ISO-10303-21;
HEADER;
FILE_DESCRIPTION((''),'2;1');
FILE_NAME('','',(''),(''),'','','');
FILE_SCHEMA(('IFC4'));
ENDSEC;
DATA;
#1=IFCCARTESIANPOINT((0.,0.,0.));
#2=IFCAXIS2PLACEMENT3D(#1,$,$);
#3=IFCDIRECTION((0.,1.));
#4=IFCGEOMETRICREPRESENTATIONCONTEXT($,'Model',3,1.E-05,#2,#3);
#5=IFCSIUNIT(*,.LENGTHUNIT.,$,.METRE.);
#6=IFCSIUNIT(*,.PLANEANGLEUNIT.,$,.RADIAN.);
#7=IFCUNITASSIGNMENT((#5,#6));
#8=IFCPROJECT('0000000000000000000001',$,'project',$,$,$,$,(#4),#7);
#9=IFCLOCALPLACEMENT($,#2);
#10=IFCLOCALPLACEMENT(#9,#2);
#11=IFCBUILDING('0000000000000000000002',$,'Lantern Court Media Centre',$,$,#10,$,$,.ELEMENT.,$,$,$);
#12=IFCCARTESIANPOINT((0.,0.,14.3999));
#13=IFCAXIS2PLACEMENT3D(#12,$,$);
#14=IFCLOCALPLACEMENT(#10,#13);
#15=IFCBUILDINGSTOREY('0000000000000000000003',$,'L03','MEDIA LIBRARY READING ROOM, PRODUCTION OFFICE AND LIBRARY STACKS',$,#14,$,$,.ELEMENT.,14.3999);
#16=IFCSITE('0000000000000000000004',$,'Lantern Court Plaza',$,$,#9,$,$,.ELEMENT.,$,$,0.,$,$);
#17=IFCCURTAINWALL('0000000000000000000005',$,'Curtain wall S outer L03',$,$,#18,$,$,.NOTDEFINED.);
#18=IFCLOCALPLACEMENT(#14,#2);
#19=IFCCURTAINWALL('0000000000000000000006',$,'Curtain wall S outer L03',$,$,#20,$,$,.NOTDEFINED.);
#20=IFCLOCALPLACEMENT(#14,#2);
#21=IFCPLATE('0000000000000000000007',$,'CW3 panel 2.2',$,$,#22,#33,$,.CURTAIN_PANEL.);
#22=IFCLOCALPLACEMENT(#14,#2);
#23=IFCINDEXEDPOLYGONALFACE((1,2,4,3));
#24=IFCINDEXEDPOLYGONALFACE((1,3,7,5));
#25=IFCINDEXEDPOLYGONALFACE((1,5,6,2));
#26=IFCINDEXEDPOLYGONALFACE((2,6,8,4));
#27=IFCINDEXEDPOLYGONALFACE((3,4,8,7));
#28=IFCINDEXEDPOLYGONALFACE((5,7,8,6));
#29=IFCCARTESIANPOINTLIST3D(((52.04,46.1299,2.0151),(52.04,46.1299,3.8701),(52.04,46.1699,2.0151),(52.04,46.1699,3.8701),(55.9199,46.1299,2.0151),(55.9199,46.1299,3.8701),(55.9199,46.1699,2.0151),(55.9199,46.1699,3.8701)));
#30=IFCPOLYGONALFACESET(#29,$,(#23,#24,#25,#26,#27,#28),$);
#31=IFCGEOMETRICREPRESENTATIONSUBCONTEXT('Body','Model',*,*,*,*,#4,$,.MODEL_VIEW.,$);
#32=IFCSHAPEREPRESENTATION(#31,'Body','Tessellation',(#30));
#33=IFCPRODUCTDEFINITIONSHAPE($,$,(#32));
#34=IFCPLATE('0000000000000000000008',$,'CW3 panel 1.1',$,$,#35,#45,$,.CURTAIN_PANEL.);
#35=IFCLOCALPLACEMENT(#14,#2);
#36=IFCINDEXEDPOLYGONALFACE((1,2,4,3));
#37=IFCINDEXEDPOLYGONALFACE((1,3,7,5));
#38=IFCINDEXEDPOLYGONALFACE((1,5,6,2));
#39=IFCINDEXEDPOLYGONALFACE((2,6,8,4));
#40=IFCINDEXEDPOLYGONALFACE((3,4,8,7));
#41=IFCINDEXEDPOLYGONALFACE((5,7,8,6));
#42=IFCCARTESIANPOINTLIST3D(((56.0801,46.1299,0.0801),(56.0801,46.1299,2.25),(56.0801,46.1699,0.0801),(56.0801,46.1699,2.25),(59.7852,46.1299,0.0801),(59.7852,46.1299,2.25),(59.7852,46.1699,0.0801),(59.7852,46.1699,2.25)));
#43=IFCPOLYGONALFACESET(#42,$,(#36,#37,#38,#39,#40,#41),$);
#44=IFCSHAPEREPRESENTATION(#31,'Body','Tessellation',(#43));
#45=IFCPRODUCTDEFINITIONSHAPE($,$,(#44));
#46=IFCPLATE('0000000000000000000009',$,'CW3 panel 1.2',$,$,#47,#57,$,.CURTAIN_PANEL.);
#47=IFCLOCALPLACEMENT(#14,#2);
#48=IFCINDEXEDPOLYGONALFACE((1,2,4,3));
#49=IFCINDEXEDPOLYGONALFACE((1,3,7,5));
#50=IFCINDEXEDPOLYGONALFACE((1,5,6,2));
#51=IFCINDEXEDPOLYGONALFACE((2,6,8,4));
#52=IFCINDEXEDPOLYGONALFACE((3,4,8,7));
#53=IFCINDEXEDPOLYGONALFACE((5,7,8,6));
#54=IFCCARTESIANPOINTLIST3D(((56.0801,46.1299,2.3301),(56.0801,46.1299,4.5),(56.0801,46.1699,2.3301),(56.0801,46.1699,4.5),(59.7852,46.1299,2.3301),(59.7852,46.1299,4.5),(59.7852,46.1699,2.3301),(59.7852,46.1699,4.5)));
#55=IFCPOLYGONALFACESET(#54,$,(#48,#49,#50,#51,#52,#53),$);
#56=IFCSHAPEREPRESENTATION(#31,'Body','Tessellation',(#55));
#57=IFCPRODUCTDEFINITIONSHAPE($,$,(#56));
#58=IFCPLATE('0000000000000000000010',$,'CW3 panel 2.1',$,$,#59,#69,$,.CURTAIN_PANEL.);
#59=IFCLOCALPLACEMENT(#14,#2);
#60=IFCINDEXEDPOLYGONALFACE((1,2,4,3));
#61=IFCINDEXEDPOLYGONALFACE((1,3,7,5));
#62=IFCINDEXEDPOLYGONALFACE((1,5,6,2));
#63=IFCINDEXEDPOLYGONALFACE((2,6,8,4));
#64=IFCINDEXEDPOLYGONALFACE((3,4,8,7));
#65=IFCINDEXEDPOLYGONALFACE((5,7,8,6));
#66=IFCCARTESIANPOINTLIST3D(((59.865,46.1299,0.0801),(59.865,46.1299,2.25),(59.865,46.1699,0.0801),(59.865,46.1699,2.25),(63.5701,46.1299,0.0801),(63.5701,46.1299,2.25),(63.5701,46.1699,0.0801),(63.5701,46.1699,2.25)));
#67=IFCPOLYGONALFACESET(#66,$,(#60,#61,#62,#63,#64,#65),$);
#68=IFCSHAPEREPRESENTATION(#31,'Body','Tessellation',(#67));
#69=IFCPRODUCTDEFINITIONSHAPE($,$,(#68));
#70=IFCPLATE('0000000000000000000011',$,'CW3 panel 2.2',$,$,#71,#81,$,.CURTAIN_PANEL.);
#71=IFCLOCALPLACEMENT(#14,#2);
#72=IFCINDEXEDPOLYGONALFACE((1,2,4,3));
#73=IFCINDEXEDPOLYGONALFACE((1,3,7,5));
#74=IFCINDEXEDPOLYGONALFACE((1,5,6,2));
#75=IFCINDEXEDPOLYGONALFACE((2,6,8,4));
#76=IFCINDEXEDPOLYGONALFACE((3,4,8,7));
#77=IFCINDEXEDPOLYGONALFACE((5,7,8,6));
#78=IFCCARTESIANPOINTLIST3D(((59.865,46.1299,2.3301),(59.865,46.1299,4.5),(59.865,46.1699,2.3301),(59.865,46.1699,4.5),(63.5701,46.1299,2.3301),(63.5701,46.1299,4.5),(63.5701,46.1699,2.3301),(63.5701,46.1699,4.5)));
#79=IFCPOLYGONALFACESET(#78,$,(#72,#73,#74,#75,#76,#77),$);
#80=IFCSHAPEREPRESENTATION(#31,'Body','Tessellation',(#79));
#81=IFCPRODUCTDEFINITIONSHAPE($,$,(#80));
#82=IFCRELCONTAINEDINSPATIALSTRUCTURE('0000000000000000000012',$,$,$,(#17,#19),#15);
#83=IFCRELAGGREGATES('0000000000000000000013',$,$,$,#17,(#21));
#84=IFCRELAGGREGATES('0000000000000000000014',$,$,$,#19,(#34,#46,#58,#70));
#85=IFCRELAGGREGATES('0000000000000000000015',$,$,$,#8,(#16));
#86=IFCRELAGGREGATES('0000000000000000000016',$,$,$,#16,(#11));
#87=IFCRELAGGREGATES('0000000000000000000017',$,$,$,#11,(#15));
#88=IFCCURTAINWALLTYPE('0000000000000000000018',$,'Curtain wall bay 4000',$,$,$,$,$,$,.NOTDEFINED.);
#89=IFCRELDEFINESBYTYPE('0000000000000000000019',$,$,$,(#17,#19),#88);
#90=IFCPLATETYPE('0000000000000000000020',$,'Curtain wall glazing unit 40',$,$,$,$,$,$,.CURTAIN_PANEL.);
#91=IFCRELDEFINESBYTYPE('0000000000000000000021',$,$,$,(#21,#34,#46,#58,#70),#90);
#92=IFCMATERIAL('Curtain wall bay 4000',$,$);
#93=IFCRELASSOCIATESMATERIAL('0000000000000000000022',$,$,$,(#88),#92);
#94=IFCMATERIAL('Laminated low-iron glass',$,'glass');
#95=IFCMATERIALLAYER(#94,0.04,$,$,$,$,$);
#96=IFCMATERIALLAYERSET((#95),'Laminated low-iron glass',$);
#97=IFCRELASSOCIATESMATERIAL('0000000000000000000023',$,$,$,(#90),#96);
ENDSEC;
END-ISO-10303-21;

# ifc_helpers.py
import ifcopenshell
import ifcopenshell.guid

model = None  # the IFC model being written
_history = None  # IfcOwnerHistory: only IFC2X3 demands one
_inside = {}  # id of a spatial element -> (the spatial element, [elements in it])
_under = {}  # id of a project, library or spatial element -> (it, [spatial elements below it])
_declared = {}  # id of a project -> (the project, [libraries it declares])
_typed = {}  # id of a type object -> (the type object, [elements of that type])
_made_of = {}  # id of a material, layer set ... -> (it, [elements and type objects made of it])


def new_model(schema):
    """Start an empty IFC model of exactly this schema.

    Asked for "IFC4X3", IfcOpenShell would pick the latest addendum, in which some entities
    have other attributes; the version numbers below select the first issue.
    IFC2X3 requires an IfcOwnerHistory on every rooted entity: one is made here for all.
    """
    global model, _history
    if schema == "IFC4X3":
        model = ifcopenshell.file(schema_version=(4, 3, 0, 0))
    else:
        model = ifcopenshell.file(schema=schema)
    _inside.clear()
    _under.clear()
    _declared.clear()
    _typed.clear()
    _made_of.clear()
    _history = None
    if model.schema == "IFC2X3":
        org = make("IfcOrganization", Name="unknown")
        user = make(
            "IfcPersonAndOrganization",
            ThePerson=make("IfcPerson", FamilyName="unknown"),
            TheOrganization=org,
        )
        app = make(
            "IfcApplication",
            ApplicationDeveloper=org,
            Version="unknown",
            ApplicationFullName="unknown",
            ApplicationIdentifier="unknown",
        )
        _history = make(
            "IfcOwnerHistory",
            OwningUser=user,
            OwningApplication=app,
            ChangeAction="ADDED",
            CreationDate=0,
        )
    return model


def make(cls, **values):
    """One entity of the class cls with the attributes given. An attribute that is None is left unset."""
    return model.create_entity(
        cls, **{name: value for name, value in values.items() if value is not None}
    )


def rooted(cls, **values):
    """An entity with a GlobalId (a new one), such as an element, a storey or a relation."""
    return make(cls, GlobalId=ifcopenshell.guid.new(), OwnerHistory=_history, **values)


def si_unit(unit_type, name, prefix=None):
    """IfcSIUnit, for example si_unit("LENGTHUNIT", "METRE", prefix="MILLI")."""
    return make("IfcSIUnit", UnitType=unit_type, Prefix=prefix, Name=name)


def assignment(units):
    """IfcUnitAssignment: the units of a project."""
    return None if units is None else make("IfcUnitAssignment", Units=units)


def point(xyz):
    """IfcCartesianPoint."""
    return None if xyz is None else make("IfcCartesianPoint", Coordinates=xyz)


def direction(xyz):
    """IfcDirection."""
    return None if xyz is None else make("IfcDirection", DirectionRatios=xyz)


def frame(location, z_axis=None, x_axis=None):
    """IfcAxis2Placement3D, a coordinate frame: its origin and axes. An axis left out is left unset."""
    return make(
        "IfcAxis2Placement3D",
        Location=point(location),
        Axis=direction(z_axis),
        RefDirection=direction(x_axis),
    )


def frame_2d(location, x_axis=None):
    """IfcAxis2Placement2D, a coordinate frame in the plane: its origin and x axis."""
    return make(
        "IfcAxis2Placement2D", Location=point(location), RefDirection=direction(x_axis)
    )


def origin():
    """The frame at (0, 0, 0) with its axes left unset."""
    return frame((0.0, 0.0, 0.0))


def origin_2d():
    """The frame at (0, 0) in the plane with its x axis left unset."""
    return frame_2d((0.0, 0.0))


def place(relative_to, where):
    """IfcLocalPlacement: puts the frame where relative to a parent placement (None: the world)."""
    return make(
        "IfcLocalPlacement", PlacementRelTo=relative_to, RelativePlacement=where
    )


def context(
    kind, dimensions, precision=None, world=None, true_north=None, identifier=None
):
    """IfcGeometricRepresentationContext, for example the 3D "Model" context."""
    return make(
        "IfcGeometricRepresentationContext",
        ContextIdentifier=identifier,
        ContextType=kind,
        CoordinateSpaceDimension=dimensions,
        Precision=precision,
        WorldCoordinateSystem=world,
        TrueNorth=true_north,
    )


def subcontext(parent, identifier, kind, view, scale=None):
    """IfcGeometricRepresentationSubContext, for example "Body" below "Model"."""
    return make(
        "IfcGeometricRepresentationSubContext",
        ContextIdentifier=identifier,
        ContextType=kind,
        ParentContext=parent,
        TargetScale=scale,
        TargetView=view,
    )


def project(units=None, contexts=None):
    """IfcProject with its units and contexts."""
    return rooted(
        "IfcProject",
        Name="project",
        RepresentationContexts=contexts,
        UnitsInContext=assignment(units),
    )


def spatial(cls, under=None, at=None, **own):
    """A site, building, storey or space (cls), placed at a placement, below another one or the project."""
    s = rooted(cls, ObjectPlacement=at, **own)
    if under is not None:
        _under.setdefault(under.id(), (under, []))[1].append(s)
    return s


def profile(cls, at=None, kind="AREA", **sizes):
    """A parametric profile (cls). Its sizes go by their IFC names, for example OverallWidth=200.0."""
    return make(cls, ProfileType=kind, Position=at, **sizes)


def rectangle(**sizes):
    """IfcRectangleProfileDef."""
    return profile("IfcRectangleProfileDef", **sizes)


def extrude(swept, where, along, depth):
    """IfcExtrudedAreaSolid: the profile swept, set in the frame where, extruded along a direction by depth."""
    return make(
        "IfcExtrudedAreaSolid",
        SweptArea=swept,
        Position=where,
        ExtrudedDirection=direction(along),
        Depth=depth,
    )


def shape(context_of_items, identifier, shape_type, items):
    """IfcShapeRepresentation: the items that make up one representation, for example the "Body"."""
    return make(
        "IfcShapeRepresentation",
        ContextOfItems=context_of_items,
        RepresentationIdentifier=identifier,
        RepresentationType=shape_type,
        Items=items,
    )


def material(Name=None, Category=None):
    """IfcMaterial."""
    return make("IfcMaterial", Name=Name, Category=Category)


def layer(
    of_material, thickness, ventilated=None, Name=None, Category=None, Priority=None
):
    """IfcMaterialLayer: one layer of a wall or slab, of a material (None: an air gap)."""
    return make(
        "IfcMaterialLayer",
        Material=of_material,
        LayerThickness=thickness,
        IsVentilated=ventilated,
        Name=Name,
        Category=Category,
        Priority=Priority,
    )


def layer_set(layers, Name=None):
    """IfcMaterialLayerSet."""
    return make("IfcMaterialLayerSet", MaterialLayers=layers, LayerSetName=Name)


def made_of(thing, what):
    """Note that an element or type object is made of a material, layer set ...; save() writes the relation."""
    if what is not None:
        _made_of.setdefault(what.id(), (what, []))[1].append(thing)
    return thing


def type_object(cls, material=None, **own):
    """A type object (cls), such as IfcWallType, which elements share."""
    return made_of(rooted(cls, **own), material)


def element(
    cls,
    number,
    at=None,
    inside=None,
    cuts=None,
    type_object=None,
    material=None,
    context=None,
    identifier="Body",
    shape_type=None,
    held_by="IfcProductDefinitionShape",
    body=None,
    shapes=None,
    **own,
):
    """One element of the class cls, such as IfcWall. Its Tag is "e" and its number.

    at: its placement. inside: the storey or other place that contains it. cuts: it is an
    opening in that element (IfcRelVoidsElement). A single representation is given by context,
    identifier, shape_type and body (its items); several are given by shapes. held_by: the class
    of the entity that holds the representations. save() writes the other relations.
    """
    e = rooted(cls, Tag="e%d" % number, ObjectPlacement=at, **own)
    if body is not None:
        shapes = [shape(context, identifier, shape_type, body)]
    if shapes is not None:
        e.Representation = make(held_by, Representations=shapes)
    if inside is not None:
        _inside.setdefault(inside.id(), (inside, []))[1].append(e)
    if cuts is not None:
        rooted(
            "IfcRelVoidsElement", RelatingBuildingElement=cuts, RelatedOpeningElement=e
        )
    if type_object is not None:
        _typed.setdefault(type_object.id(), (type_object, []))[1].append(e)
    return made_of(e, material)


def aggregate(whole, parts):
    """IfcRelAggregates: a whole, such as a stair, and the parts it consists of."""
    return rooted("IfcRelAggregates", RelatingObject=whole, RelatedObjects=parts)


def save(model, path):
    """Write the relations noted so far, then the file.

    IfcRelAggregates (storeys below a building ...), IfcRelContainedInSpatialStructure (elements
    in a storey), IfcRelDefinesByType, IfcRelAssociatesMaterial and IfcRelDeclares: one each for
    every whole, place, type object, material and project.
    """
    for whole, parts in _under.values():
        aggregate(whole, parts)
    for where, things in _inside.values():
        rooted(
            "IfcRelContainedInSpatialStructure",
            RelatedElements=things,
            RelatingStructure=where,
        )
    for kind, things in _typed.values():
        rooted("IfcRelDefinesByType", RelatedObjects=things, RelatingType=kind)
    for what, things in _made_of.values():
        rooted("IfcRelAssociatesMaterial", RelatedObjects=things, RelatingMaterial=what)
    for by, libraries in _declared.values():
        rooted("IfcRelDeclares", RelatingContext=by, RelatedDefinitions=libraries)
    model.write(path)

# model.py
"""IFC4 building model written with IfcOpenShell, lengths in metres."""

from ifc_helpers import new_model, si_unit, direction, frame, origin, origin_2d, place, context, subcontext, project, spatial, rectangle, extrude, material, layer, layer_set, type_object, element, aggregate, save


model = new_model("IFC4")

# Units and contexts
model_context = context("Model", 3, precision=1e-05, world=origin(), true_north=direction((0.0, 1.0)))
body_context = subcontext(model_context, "Body", "Model", "MODEL_VIEW")
ifc_project = project(units=[si_unit("LENGTHUNIT", "METRE"), si_unit("PLANEANGLEUNIT", "RADIAN")], contexts=[model_context])

# Site, building, storey
site_placement = place(None, origin())
site = spatial("IfcSite", under=ifc_project, at=site_placement, Name="Lantern Court Plaza", CompositionType="ELEMENT", RefElevation=0.0)
building_placement = place(site_placement, origin())
building = spatial("IfcBuilding", under=site, at=building_placement, Name="Lantern Court Media Centre", CompositionType="ELEMENT")
storey_placement = place(building_placement, frame((0.0, 0.0, 14.3999)))
storey = spatial("IfcBuildingStorey", under=building, at=storey_placement, Name="L03", Description="MEDIA LIBRARY READING ROOM, PRODUCTION OFFICE AND LIBRARY STACKS", CompositionType="ELEMENT", Elevation=14.3999)

# Curtain walls
ifc_material_1 = material(Name="Curtain wall bay 4000")
curtain_wall_type_1 = type_object("IfcCurtainWallType", Name="Curtain wall bay 4000", PredefinedType="NOTDEFINED", material=ifc_material_1)
curtain_wall_1_placement = place(storey_placement, origin())
curtain_wall_1 = element("IfcCurtainWall", 1, at=curtain_wall_1_placement, inside=storey, type_object=curtain_wall_type_1, Name="Curtain wall S outer L03", PredefinedType="NOTDEFINED")
curtain_wall_2_placement = place(storey_placement, origin())
curtain_wall_2 = element("IfcCurtainWall", 2, at=curtain_wall_2_placement, inside=storey, type_object=curtain_wall_type_1, Name="Curtain wall S outer L03", PredefinedType="NOTDEFINED")

# Plates
ifc_material_2 = material(Name="Laminated low-iron glass", Category="glass")
ifc_layer_1 = layer(ifc_material_2, 0.04)
ifc_layer_set_1 = layer_set([ifc_layer_1], Name="Laminated low-iron glass")
plate_type_1 = type_object("IfcPlateType", Name="Curtain wall glazing unit 40", PredefinedType="CURTAIN_PANEL", material=ifc_layer_set_1)
plate_1_placement = place(storey_placement, frame((53.98, 46.1499, 2.0151), z_axis=(0.0, 0.0, 1.0), x_axis=(1.0, 0.0, 0.0)))
plate_1 = element("IfcPlate", 3, at=plate_1_placement, type_object=plate_type_1, Name="CW3 panel 2.2", PredefinedType="CURTAIN_PANEL", context=body_context, shape_type="SweptSolid", body=[
    extrude(rectangle(XDim=3.8799, YDim=0.04, at=origin_2d()), origin(), (0.0, 0.0, 1.0), 1.855),
])
aggregate(curtain_wall_1, [plate_1])
plate_2_placement = place(storey_placement, frame((57.9326, 46.1499, 0.0801), z_axis=(0.0, 0.0, 1.0), x_axis=(1.0, 0.0, 0.0)))
plate_2 = element("IfcPlate", 4, at=plate_2_placement, type_object=plate_type_1, Name="CW3 panel 1.1", PredefinedType="CURTAIN_PANEL", context=body_context, shape_type="SweptSolid", body=[
    extrude(rectangle(XDim=3.7051, YDim=0.04, at=origin_2d()), origin(), (0.0, 0.0, 1.0), 2.1699),
])
plate_3_placement = place(storey_placement, frame((57.9326, 46.1499, 2.3301), z_axis=(0.0, 0.0, 1.0), x_axis=(1.0, 0.0, 0.0)))
plate_3 = element("IfcPlate", 5, at=plate_3_placement, type_object=plate_type_1, Name="CW3 panel 1.2", PredefinedType="CURTAIN_PANEL", context=body_context, shape_type="SweptSolid", body=[
    extrude(rectangle(XDim=3.7051, YDim=0.04, at=origin_2d()), origin(), (0.0, 0.0, 1.0), 2.1699),
])
plate_4_placement = place(storey_placement, frame((61.7175, 46.1499, 0.0801), z_axis=(0.0, 0.0, 1.0), x_axis=(1.0, 0.0, 0.0)))
plate_4 = element("IfcPlate", 6, at=plate_4_placement, type_object=plate_type_1, Name="CW3 panel 2.1", PredefinedType="CURTAIN_PANEL", context=body_context, shape_type="SweptSolid", body=[
    extrude(rectangle(XDim=3.7051, YDim=0.04, at=origin_2d()), origin(), (0.0, 0.0, 1.0), 2.1699),
])
plate_5_placement = place(storey_placement, frame((61.7175, 46.1499, 2.3301), z_axis=(0.0, 0.0, 1.0), x_axis=(1.0, 0.0, 0.0)))
plate_5 = element("IfcPlate", 7, at=plate_5_placement, type_object=plate_type_1, Name="CW3 panel 2.2", PredefinedType="CURTAIN_PANEL", context=body_context, shape_type="SweptSolid", body=[
    extrude(rectangle(XDim=3.7051, YDim=0.04, at=origin_2d()), origin(), (0.0, 0.0, 1.0), 2.1699),
])
aggregate(curtain_wall_2, [plate_2, plate_3, plate_4, plate_5])

save(model, "model.ifc")
